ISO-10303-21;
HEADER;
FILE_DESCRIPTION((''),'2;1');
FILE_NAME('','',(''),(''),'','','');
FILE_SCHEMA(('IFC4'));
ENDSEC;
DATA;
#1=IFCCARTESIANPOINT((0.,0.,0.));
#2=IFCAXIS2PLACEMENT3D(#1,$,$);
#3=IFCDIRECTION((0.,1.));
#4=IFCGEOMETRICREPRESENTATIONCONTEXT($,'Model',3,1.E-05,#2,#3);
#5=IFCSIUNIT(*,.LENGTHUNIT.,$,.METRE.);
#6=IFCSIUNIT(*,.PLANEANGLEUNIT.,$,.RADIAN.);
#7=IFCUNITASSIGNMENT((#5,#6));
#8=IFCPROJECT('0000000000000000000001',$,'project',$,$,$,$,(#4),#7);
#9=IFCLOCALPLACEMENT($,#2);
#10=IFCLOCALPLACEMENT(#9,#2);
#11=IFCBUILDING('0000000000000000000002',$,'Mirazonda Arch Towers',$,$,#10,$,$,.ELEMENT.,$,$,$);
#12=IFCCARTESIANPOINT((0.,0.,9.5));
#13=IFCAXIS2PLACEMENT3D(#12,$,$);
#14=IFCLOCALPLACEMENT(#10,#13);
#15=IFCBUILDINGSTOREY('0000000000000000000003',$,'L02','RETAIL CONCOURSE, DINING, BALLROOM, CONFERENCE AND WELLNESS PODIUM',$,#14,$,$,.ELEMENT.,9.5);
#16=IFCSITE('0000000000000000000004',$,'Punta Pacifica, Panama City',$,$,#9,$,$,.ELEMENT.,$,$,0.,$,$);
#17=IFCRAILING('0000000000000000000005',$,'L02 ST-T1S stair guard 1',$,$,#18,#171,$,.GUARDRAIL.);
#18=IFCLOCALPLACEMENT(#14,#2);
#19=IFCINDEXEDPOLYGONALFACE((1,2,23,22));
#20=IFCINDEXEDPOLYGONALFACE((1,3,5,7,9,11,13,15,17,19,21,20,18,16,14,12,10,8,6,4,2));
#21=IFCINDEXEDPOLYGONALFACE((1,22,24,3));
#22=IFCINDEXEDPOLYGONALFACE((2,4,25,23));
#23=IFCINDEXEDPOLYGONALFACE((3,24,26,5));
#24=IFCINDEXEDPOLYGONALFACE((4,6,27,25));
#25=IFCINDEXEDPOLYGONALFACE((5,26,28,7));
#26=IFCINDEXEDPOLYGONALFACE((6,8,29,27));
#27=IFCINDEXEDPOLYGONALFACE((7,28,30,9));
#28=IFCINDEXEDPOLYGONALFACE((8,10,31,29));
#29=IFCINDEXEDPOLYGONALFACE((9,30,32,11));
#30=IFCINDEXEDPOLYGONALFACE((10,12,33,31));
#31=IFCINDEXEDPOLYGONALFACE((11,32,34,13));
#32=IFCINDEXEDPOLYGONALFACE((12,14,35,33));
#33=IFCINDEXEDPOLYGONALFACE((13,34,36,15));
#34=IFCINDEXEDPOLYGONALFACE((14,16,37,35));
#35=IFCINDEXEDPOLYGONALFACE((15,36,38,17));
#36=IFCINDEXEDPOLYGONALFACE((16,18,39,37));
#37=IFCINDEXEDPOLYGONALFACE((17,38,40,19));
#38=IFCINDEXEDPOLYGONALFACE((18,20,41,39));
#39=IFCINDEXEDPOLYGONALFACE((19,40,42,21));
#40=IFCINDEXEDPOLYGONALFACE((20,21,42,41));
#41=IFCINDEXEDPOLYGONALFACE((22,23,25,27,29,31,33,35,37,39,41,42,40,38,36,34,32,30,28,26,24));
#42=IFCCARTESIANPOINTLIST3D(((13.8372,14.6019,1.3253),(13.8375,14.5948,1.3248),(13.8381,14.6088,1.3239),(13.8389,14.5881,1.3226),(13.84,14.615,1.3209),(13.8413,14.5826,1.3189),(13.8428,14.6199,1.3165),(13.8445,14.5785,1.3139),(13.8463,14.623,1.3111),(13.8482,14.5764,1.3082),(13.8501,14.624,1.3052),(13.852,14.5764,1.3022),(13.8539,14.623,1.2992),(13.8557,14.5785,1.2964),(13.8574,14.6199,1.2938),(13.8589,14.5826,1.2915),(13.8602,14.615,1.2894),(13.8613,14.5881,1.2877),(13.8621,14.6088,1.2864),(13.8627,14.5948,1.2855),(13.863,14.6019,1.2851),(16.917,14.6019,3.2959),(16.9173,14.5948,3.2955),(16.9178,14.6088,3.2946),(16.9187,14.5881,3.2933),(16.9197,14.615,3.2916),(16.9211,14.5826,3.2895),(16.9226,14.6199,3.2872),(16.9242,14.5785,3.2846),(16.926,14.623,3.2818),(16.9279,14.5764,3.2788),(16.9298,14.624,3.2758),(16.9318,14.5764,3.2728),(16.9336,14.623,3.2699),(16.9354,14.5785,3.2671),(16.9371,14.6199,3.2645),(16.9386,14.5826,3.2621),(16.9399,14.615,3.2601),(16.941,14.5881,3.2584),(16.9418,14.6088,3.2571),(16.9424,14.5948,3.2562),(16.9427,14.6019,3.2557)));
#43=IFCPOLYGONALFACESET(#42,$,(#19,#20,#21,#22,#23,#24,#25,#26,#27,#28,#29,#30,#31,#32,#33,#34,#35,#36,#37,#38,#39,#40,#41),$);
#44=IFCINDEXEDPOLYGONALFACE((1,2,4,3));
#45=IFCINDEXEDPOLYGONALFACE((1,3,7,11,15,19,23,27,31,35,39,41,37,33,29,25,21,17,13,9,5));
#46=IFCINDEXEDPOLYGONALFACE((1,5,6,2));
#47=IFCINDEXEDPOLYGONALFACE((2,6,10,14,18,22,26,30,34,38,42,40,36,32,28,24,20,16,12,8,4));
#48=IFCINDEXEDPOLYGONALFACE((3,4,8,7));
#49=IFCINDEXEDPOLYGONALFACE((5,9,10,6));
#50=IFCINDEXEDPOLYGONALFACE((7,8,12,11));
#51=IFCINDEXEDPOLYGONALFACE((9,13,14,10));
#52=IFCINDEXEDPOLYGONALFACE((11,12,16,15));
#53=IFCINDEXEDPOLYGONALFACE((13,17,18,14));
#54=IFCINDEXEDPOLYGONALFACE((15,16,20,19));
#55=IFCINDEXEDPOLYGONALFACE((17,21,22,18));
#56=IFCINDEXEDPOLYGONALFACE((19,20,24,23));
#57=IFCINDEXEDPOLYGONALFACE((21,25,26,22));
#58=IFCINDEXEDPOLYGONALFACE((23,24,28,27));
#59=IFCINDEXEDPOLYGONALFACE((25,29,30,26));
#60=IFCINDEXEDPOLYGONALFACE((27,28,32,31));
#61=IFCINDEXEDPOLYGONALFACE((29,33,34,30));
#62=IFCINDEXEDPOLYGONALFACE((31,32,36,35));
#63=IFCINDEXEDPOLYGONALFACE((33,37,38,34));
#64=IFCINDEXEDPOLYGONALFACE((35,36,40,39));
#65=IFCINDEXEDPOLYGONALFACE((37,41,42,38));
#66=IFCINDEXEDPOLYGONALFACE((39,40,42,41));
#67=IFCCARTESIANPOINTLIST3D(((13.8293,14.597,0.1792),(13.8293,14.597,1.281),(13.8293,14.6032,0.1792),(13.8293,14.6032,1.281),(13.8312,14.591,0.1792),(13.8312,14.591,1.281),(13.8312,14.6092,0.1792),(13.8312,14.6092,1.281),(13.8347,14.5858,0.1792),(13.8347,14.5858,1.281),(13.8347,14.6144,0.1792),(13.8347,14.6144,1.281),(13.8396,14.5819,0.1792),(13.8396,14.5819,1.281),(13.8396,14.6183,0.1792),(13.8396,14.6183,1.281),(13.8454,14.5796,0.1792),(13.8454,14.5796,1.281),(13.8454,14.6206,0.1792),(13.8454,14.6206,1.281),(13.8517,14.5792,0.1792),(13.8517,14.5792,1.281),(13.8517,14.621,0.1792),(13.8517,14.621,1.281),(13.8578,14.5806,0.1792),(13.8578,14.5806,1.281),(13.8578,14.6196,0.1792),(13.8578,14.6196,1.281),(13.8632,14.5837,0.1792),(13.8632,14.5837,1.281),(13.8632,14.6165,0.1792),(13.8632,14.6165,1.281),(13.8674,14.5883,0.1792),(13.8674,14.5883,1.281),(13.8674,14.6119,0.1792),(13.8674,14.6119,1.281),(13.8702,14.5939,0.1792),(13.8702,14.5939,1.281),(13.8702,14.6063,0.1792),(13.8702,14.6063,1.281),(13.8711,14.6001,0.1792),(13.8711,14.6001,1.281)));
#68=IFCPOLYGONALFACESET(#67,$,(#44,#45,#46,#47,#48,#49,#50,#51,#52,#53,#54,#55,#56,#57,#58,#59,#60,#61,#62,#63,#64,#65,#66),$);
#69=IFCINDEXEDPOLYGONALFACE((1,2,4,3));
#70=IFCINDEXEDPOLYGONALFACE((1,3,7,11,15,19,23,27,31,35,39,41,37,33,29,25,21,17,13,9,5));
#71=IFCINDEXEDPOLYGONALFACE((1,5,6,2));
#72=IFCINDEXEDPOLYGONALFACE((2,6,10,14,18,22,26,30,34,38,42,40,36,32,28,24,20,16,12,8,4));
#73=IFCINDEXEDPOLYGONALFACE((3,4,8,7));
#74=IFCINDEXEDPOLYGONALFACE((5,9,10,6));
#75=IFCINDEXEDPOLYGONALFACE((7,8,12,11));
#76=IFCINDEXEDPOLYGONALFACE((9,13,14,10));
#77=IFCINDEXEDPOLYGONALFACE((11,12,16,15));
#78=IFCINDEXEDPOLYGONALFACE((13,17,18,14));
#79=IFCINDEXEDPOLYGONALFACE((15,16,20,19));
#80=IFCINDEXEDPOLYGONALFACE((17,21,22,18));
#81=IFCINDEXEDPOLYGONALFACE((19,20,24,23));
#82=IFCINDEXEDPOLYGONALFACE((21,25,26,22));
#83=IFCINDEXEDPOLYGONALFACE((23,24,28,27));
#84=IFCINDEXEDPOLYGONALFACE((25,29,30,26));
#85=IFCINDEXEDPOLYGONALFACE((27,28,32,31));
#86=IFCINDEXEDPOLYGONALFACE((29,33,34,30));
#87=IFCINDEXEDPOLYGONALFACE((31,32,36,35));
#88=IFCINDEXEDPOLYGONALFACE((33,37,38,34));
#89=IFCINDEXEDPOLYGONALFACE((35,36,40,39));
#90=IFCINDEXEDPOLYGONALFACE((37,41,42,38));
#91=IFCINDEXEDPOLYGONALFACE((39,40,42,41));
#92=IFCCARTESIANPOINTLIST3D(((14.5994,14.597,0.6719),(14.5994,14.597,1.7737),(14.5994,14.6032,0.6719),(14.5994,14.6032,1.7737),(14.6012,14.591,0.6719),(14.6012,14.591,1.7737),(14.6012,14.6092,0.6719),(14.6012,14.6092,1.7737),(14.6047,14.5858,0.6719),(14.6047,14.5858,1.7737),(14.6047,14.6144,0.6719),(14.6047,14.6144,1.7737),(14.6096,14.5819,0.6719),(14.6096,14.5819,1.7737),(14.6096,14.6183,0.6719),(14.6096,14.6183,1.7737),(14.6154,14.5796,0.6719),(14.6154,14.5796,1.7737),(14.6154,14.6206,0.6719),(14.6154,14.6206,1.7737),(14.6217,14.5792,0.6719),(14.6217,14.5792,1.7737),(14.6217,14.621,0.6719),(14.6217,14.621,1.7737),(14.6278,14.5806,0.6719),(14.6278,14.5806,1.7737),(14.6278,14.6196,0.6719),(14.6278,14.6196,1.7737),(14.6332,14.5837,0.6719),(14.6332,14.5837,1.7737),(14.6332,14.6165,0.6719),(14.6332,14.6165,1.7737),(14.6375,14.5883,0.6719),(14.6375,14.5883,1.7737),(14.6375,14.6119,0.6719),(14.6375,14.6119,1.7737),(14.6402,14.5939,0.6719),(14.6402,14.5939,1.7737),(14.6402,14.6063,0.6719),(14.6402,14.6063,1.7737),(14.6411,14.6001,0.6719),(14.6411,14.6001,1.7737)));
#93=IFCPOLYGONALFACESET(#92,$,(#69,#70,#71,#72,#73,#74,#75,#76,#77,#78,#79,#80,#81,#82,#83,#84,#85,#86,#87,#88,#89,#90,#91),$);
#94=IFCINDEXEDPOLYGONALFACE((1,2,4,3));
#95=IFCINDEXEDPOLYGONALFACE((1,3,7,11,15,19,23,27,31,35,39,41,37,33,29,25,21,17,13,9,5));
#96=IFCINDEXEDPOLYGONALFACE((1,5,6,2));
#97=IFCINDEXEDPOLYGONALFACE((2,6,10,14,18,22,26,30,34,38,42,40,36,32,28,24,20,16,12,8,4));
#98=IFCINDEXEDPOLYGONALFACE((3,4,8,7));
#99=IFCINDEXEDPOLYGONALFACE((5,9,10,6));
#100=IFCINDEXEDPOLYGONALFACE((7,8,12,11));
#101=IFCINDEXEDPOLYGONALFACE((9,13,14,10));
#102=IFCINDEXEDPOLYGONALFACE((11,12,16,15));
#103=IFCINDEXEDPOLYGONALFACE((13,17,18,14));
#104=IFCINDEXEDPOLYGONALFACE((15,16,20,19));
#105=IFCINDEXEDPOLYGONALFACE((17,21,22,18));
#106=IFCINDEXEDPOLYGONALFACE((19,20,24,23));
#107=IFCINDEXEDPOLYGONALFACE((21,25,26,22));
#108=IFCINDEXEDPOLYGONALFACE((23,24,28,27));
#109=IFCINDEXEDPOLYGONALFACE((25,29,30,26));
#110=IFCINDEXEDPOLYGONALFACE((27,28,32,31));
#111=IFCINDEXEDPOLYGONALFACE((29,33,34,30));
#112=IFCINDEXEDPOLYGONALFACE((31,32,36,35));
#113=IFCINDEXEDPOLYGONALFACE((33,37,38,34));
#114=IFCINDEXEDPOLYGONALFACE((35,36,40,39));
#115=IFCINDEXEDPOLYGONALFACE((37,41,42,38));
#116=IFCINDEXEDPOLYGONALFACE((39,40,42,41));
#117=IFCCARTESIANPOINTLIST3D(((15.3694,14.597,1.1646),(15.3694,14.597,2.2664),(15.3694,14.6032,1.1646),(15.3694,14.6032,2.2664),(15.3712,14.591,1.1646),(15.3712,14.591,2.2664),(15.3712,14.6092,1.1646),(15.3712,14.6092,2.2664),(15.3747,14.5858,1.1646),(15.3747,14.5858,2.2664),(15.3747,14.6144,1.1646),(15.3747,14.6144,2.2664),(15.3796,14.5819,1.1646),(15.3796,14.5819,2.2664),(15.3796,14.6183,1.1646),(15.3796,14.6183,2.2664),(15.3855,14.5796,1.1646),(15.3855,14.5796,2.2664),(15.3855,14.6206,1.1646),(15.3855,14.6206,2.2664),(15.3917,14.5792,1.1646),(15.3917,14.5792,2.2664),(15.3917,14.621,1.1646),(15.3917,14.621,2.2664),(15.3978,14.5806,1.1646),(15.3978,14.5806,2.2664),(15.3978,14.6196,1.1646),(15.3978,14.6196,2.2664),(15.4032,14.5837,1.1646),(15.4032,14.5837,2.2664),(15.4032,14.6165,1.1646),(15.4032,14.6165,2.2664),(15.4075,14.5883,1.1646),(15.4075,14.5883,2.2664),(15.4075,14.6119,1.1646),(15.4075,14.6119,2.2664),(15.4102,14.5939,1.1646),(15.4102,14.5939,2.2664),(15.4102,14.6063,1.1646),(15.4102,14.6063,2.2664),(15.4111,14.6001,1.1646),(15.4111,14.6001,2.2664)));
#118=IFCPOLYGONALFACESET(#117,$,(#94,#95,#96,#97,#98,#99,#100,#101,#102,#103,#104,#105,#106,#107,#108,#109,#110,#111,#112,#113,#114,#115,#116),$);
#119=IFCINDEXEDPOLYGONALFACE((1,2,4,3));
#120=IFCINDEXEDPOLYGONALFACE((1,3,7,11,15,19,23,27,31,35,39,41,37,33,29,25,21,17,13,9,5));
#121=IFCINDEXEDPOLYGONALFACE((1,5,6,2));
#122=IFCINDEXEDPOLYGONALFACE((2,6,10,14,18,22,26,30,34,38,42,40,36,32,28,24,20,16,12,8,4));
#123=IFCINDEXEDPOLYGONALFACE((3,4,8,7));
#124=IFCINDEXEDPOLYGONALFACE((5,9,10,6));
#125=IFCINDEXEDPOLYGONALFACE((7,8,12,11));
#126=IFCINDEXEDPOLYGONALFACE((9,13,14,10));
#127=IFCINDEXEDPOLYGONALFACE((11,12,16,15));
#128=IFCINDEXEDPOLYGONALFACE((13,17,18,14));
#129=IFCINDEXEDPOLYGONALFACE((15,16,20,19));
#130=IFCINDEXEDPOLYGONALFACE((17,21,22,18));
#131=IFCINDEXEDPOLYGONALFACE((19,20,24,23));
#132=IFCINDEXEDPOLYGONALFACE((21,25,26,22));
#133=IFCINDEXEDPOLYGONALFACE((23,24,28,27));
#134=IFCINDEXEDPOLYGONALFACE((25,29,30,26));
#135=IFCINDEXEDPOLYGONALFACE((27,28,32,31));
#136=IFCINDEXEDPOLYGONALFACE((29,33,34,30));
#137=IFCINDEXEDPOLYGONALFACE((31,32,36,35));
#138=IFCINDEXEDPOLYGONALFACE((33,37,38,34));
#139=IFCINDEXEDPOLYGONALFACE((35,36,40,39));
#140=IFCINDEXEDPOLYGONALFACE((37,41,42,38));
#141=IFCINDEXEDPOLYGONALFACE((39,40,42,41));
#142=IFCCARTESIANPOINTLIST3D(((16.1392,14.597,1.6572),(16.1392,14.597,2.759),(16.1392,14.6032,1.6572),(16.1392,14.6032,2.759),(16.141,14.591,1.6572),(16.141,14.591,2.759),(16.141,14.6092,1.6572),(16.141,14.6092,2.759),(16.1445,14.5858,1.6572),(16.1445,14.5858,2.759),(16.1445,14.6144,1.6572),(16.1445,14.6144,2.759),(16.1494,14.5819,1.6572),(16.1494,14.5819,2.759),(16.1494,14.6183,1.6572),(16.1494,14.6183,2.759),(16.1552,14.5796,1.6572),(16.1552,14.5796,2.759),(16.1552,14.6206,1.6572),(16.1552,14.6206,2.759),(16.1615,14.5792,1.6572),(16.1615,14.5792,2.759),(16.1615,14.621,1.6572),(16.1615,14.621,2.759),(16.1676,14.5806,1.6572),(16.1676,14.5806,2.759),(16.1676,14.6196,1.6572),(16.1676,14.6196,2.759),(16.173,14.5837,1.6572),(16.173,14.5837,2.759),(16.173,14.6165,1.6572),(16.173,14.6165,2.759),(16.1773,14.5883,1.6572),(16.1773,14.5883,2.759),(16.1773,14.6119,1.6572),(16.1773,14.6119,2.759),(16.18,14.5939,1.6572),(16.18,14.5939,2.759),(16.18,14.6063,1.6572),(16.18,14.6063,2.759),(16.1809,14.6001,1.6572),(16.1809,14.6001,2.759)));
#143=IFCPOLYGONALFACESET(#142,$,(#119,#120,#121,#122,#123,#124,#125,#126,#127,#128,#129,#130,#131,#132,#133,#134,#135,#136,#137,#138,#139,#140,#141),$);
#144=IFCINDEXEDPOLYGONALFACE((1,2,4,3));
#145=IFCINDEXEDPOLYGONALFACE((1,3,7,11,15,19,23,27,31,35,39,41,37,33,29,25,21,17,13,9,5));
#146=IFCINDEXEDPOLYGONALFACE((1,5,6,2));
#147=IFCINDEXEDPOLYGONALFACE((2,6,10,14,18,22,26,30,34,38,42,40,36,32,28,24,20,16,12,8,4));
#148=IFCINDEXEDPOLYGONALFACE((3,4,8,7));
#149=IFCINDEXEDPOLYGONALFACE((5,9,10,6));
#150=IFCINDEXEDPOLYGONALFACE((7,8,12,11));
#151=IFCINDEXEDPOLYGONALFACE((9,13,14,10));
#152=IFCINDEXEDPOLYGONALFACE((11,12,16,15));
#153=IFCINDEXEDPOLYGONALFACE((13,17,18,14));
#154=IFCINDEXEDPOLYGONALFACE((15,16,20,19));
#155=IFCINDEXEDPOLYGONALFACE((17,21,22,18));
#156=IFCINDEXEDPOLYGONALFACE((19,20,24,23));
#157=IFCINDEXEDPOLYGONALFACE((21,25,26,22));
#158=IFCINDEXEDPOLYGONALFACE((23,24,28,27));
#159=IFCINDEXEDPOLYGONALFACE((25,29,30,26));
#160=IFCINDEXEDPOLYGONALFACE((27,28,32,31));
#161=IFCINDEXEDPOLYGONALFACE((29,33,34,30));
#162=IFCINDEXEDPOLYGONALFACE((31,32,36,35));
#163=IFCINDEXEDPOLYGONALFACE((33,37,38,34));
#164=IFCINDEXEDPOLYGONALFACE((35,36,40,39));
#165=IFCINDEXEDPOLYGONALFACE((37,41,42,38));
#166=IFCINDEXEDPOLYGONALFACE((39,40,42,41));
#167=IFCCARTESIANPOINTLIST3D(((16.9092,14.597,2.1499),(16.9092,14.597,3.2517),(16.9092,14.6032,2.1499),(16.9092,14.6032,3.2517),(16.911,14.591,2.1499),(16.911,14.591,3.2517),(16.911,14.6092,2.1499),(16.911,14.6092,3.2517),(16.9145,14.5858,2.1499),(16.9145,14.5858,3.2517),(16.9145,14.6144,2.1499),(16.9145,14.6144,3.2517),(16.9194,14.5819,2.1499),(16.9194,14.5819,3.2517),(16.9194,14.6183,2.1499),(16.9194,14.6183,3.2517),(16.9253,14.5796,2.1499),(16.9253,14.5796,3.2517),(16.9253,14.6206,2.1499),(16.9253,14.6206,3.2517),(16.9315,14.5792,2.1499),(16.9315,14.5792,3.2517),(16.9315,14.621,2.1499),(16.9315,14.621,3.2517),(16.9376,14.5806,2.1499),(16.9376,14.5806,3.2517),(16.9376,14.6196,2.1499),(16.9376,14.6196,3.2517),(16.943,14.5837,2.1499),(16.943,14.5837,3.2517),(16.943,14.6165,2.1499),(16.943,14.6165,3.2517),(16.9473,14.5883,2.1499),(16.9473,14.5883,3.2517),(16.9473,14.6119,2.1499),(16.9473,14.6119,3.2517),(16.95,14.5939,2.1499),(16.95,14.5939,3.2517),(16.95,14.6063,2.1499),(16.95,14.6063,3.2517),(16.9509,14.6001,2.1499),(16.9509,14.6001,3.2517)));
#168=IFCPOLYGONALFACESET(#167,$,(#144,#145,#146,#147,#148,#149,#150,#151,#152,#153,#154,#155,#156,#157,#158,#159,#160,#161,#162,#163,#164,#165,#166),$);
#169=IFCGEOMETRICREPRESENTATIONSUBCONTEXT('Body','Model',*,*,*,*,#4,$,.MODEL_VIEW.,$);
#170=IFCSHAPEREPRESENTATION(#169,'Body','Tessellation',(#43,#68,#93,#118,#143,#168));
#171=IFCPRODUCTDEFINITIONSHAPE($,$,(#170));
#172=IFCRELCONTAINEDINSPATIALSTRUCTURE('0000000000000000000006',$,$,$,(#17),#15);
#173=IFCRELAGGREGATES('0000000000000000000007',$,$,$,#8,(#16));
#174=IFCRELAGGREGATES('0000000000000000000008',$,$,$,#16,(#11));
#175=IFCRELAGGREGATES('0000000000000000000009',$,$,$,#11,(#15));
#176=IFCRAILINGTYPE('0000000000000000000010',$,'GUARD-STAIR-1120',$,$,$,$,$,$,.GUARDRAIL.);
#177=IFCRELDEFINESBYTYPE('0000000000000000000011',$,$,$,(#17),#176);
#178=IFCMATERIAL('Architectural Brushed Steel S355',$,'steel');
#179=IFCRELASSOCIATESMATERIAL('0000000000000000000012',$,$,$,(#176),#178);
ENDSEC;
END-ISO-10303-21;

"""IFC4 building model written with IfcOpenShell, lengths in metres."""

from ifc_helpers import new_model, si_unit, direction, frame, origin, origin_2d, place, context, subcontext, project, spatial, circle, extrude, material, type_object, element, save


model = new_model("IFC4")

# Units and contexts
model_context = context("Model", 3, precision=1e-05, world=origin(), true_north=direction((0.0, 1.0)))
body_context = subcontext(model_context, "Body", "Model", "MODEL_VIEW")
ifc_project = project(units=[si_unit("LENGTHUNIT", "METRE"), si_unit("PLANEANGLEUNIT", "RADIAN")], contexts=[model_context])

# Site, building, storey
site_placement = place(None, origin())
site = spatial("IfcSite", under=ifc_project, at=site_placement, Name="Punta Pacifica, Panama City", CompositionType="ELEMENT", RefElevation=0.0)
building_placement = place(site_placement, origin())
building = spatial("IfcBuilding", under=site, at=building_placement, Name="Mirazonda Arch Towers", CompositionType="ELEMENT")
storey_placement = place(building_placement, frame((0.0, 0.0, 9.5)))
storey = spatial("IfcBuildingStorey", under=building, at=storey_placement, Name="L02", Description="RETAIL CONCOURSE, DINING, BALLROOM, CONFERENCE AND WELLNESS PODIUM", CompositionType="ELEMENT", Elevation=9.5)

# Shared definitions
ifc_material_1 = material(Name="Architectural Brushed Steel S355", Category="steel")

# Railing
railing_type_1 = type_object("IfcRailingType", Name="GUARD-STAIR-1120", PredefinedType="GUARDRAIL", material=ifc_material_1)
railing_1_placement = place(storey_placement, frame((13.8501, 14.6001, 0.1792)))
element("IfcRailing", 1, at=railing_1_placement, inside=storey, type_object=railing_type_1, Name="L02 ST-T1S stair guard 1", PredefinedType="GUARDRAIL", context=body_context, shape_type="SweptSolid", body=[
    extrude(circle(Radius=0.0239, at=origin_2d()), frame((0.0, 0.0, 1.126), z_axis=(0.84232, 0.0, 0.538978), x_axis=(0.0, 1.0, 0.0)), (0.0, 0.0, 1.0), 3.6562),
    extrude(circle(Radius=0.021, at=origin_2d()), origin(), (0.0, 0.0, 1.0), 1.1018),
    extrude(circle(Radius=0.021, at=origin_2d()), frame((0.77, 0.0, 0.4927)), (0.0, 0.0, 1.0), 1.1018),
    extrude(circle(Radius=0.021, at=origin_2d()), frame((1.54, 0.0, 0.9854)), (0.0, 0.0, 1.0), 1.1018),
    extrude(circle(Radius=0.021, at=origin_2d()), frame((2.3098, 0.0, 1.478)), (0.0, 0.0, 1.0), 1.1018),
    extrude(circle(Radius=0.021, at=origin_2d()), frame((3.0798, 0.0, 1.9707)), (0.0, 0.0, 1.0), 1.1018),
])

save(model, "model.ifc")
